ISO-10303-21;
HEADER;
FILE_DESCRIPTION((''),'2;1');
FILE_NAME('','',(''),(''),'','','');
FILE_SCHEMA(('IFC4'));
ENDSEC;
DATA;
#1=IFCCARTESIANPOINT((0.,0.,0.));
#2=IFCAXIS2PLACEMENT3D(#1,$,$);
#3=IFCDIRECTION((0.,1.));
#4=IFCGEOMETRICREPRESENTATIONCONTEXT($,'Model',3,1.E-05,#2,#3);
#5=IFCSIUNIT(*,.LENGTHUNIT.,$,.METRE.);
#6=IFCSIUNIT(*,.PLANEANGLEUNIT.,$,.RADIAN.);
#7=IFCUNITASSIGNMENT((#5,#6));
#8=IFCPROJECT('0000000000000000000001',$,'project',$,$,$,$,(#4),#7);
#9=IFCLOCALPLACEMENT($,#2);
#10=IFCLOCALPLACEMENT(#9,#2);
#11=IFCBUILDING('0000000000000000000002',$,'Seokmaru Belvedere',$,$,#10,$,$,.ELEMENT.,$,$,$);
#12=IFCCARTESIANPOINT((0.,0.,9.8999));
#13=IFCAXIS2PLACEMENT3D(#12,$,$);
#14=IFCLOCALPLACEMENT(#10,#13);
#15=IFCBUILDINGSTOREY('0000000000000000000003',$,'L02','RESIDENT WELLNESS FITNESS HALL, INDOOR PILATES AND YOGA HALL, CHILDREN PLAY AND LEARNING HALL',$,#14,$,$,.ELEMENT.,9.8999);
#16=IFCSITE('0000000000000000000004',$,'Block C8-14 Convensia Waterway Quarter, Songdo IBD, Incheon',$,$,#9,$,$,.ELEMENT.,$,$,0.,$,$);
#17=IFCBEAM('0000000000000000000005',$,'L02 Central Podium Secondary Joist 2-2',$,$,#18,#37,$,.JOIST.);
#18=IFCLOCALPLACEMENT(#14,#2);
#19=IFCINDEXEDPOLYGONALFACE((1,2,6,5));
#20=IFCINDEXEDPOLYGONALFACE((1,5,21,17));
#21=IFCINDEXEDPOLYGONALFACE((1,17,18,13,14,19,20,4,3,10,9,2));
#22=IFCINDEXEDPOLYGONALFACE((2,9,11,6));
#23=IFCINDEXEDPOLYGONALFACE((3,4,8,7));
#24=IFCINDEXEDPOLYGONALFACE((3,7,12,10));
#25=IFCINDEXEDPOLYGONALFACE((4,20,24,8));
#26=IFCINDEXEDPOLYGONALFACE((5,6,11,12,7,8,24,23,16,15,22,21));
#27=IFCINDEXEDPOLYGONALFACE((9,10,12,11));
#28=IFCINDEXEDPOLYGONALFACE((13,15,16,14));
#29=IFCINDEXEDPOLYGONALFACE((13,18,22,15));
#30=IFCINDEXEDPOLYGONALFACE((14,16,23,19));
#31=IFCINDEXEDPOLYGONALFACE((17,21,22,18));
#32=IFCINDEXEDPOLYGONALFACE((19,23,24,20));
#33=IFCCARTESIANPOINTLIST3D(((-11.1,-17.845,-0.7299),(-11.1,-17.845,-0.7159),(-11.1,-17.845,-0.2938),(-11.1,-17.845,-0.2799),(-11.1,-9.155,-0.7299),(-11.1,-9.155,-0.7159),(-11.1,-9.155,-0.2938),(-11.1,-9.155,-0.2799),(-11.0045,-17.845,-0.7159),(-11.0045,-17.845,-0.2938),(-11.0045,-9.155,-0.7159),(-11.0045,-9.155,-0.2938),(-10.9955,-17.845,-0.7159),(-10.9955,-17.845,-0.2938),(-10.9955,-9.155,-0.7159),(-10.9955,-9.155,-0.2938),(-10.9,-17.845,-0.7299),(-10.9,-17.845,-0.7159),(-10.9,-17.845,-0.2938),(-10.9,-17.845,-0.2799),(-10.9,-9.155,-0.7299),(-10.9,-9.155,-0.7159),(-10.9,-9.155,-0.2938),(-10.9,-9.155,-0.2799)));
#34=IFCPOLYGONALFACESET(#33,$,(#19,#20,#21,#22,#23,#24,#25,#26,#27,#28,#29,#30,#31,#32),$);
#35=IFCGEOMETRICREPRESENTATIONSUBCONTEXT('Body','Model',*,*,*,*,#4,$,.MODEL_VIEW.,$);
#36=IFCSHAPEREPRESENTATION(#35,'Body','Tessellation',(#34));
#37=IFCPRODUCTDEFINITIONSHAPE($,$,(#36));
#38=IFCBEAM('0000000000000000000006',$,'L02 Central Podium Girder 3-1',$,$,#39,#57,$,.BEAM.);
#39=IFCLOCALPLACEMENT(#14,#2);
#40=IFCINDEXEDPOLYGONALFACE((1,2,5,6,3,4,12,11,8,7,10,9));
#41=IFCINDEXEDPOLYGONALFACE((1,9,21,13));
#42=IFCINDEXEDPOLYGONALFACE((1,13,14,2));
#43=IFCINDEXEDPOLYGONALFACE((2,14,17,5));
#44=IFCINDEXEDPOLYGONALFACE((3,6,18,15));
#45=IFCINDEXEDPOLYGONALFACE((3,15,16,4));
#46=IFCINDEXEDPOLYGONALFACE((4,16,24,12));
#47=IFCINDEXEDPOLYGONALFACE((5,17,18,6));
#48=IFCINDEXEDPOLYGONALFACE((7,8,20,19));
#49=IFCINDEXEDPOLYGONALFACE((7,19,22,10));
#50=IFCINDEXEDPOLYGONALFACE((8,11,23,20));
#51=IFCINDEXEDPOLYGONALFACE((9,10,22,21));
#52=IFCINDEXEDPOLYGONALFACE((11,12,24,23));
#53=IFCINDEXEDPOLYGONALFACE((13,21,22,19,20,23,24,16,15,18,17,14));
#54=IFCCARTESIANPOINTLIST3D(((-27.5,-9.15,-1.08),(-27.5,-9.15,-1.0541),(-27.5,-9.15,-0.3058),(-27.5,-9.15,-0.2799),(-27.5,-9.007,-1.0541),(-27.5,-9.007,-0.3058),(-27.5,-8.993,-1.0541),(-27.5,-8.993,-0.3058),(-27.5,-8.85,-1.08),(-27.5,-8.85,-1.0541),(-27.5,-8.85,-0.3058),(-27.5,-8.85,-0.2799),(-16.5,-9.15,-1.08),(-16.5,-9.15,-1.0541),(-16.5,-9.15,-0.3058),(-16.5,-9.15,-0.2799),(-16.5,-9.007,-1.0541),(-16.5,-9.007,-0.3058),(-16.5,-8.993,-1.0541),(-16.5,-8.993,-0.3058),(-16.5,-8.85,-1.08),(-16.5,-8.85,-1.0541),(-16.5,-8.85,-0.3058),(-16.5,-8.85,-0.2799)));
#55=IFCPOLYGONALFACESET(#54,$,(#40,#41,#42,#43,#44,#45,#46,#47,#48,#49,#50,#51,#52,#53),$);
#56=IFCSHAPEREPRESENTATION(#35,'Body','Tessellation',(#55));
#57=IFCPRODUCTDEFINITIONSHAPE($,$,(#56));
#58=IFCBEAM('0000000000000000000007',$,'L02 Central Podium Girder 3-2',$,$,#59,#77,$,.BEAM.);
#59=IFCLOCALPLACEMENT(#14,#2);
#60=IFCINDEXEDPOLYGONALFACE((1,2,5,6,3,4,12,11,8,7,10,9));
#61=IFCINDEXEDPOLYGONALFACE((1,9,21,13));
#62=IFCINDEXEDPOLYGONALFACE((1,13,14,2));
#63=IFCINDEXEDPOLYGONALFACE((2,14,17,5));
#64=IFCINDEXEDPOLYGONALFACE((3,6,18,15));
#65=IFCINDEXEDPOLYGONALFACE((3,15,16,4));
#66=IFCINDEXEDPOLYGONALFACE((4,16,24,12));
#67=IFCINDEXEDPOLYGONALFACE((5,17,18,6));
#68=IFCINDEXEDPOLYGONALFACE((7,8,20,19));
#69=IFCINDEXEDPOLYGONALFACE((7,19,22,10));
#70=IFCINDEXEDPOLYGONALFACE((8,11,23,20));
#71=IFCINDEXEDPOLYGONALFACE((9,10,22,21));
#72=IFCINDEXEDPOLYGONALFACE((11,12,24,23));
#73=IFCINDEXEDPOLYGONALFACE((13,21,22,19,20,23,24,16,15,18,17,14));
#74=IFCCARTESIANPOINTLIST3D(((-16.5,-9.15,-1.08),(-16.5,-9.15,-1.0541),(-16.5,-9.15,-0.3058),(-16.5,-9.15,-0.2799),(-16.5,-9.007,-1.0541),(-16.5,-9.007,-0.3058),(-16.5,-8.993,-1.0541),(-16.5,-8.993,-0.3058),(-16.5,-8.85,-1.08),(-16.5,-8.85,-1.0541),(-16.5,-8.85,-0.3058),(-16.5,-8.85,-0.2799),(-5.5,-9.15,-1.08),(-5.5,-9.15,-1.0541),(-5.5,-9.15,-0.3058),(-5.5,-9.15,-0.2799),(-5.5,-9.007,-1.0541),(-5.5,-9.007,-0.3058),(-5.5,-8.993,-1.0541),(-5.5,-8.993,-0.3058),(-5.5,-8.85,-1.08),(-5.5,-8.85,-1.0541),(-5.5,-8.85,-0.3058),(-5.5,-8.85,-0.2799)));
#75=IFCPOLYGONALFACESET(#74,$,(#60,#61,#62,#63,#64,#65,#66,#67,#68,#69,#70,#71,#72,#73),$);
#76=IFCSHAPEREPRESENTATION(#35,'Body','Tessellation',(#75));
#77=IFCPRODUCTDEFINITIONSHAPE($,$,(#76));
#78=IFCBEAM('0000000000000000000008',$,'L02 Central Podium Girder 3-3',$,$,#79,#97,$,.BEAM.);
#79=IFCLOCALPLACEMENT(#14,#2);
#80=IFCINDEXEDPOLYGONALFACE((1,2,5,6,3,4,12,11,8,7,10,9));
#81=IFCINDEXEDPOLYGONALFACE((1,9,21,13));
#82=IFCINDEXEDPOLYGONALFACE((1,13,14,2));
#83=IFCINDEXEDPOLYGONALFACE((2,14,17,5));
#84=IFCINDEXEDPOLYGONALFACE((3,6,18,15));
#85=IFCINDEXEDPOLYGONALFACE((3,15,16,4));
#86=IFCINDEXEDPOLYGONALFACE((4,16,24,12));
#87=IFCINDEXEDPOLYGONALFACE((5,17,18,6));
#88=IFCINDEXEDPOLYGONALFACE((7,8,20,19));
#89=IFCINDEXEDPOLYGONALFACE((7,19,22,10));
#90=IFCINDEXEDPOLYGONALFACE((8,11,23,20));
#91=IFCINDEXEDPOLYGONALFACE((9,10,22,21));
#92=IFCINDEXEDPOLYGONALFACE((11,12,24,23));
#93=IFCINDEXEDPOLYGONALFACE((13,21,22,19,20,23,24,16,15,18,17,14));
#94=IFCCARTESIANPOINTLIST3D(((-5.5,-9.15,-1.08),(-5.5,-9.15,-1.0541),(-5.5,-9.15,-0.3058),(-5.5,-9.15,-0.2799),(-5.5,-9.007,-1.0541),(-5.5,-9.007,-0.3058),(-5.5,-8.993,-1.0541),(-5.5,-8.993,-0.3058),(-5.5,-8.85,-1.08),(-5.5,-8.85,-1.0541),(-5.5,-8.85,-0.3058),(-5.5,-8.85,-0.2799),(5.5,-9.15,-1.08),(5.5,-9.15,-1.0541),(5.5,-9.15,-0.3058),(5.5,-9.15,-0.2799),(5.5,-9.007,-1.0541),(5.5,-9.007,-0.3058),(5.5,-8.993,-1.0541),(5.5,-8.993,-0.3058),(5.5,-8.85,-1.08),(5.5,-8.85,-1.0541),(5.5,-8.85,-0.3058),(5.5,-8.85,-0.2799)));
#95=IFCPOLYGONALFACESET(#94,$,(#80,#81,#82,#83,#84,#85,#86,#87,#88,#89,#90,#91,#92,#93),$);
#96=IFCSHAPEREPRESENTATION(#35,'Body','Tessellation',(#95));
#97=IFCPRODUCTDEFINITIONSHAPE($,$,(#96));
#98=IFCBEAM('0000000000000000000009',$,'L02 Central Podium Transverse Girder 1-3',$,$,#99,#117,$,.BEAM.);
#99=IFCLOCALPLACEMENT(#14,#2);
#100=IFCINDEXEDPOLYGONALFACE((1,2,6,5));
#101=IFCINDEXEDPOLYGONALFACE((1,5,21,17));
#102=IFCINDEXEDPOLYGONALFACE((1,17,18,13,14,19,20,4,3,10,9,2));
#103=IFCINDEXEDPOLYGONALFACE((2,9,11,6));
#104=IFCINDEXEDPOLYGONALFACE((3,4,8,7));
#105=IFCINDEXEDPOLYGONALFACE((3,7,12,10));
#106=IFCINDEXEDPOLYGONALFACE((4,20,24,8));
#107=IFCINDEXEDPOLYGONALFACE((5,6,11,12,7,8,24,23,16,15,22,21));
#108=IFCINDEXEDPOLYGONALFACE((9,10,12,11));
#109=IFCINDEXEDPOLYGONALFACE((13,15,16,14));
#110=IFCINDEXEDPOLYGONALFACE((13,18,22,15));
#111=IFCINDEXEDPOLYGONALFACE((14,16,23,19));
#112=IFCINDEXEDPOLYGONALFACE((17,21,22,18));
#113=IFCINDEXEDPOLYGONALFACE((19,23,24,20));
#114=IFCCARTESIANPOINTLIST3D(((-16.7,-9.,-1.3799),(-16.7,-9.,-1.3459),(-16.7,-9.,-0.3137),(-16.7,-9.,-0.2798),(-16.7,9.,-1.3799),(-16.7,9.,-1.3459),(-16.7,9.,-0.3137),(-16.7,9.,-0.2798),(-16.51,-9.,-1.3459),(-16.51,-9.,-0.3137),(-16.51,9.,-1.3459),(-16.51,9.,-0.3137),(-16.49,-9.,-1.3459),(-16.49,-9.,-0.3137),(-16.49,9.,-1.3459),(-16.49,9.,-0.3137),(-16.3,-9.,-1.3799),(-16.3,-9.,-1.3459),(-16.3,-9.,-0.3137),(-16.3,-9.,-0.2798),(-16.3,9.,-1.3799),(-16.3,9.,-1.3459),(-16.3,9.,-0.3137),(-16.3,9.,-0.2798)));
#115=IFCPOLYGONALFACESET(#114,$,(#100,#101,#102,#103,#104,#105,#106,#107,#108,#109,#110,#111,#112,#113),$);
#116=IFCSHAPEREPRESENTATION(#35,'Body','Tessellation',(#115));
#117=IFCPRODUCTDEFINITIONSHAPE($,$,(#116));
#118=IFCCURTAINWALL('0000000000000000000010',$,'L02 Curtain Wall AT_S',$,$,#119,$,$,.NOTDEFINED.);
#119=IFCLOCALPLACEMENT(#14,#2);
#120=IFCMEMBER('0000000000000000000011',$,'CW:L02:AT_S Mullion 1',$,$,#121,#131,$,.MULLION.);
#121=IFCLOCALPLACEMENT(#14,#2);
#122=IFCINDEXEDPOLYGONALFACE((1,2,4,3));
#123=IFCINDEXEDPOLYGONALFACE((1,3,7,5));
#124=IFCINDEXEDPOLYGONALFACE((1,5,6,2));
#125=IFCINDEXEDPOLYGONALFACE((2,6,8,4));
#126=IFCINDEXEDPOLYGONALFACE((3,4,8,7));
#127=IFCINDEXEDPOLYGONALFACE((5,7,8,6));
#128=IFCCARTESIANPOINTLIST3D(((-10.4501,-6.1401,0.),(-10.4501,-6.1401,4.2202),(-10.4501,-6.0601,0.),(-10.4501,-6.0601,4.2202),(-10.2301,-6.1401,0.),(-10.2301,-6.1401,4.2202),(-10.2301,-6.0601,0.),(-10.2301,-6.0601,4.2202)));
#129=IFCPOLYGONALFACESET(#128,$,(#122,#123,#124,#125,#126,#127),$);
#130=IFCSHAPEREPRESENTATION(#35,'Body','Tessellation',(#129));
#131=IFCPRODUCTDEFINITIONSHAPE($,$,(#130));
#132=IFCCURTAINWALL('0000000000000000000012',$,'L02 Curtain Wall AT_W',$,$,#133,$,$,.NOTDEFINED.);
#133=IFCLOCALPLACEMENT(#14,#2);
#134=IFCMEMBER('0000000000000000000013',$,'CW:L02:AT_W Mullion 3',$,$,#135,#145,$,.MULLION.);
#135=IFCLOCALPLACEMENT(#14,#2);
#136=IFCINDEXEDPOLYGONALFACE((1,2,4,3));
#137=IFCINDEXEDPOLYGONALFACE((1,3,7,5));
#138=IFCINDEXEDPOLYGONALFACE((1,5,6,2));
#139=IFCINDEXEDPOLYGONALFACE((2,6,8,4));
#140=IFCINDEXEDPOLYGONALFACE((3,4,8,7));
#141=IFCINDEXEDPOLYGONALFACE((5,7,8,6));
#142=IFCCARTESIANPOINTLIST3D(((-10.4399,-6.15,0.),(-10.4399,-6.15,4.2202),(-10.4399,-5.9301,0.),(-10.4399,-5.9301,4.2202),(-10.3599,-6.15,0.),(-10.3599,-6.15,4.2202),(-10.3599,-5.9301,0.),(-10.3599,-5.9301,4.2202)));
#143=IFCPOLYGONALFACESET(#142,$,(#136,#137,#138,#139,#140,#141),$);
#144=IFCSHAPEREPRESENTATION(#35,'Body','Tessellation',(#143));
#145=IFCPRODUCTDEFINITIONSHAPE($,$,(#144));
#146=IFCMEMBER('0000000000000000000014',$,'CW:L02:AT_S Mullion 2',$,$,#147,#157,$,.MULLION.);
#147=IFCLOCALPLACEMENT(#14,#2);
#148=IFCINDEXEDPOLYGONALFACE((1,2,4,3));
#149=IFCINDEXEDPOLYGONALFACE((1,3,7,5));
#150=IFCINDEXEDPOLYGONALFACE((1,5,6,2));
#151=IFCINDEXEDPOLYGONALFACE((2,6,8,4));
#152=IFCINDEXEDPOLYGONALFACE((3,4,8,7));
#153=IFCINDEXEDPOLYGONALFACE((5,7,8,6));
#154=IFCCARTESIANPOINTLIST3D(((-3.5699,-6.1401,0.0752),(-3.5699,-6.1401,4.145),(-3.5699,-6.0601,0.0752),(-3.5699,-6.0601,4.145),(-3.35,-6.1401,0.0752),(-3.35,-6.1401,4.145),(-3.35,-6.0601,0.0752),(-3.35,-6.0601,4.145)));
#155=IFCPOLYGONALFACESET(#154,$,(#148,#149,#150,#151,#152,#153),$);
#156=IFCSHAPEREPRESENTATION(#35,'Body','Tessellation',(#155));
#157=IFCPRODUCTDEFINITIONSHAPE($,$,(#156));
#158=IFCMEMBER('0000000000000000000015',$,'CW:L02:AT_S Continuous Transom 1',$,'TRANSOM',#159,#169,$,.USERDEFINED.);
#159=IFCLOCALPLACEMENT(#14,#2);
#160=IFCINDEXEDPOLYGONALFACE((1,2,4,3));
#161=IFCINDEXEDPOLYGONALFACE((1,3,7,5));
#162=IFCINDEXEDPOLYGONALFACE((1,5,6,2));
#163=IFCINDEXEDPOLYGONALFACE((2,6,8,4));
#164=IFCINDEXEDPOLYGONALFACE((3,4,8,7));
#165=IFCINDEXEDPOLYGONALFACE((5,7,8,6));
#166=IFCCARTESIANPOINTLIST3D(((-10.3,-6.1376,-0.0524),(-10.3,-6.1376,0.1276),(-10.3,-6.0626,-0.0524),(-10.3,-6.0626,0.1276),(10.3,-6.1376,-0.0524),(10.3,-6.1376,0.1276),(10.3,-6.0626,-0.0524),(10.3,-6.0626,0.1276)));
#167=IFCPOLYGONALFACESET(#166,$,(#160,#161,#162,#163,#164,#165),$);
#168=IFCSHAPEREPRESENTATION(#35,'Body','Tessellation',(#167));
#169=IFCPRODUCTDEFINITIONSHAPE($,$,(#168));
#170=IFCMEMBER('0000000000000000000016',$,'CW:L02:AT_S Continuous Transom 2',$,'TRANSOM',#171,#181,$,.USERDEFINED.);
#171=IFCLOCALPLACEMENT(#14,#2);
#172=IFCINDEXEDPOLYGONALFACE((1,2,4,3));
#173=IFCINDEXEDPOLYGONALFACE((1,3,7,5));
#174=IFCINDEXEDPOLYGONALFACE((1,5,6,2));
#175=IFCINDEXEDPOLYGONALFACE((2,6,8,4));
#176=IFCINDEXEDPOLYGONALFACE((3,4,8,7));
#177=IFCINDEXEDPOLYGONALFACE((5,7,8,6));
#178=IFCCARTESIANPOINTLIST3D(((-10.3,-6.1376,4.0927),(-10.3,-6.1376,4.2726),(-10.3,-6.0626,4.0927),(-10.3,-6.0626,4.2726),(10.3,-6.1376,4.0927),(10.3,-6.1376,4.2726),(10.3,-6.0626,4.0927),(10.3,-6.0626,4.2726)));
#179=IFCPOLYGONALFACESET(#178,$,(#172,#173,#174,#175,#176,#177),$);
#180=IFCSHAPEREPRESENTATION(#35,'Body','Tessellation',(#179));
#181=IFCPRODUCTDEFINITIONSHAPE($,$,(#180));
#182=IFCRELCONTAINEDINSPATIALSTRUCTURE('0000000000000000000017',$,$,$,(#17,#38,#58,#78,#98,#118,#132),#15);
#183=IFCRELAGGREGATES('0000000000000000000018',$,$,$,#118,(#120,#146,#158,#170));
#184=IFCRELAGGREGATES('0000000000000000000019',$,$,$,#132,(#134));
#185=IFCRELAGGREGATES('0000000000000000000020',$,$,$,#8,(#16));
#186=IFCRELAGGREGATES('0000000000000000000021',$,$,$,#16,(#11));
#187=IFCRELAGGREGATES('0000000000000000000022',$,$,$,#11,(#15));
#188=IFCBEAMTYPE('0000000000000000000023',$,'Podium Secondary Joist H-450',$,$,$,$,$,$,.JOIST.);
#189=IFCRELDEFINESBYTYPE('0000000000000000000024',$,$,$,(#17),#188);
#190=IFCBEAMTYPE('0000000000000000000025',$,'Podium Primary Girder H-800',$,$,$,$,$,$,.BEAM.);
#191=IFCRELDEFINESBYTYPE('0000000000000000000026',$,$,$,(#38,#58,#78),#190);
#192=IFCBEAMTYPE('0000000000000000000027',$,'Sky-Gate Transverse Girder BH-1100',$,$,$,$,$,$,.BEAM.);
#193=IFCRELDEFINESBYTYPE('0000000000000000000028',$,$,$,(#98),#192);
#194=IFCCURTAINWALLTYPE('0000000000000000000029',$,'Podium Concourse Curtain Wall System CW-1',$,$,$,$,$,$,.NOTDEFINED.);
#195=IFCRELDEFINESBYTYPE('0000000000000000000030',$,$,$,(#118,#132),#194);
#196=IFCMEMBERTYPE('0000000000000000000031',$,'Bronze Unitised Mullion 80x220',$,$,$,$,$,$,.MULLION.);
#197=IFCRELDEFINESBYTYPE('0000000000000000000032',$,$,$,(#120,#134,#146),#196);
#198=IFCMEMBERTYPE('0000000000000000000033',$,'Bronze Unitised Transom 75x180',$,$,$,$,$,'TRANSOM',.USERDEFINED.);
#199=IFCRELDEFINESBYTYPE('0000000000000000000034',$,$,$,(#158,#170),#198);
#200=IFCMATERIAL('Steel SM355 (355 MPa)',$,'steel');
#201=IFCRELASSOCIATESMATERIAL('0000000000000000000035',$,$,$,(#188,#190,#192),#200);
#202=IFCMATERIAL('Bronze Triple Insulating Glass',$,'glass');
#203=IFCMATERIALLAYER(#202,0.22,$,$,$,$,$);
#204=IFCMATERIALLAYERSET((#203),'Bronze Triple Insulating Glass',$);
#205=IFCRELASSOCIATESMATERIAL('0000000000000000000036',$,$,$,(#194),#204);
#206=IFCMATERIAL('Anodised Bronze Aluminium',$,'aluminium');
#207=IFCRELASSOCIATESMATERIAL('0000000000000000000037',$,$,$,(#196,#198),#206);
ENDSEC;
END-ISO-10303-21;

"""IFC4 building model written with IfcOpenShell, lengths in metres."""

from ifc_helpers import new_model, si_unit, direction, frame, origin, origin_2d, place, context, subcontext, project, spatial, rectangle, i_section, extrude, source, transform, mapped, material, layer, layer_set, material_profile, profile_set, type_object, type_shapes, element, aggregate, save


model = new_model("IFC4")

# Units and contexts
model_context = context("Model", 3, precision=1e-05, world=origin(), true_north=direction((0.0, 1.0)))
body_context = subcontext(model_context, "Body", "Model", "MODEL_VIEW")
ifc_project = project(units=[si_unit("LENGTHUNIT", "METRE"), si_unit("PLANEANGLEUNIT", "RADIAN")], contexts=[model_context])

# Site, building, storey
site_placement = place(None, origin())
site = spatial("IfcSite", under=ifc_project, at=site_placement, Name="Block C8-14 Convensia Waterway Quarter, Songdo IBD, Incheon", CompositionType="ELEMENT", RefElevation=0.0)
building_placement = place(site_placement, origin())
building = spatial("IfcBuilding", under=site, at=building_placement, Name="Seokmaru Belvedere", CompositionType="ELEMENT")
storey_placement = place(building_placement, frame((0.0, 0.0, 9.8999)))
storey = spatial("IfcBuildingStorey", under=building, at=storey_placement, Name="L02", Description="RESIDENT WELLNESS FITNESS HALL, INDOOR PILATES AND YOGA HALL, CHILDREN PLAY AND LEARNING HALL", CompositionType="ELEMENT", Elevation=9.8999)

# Shared definitions
ifc_material_1 = material(Name="Steel SM355 (355 MPa)", Category="steel")

# Beams
ifc_material_profile_1 = material_profile(ifc_material_1, i_section(OverallWidth=0.2, OverallDepth=0.45, WebThickness=0.009, FlangeThickness=0.0139, at=origin_2d()), Name="H-450x200x9x14")
ifc_profile_set_1 = profile_set([ifc_material_profile_1], Name="Steel SM355 (355 MPa)")
beam_type_1 = type_object("IfcBeamType", Name="Podium Secondary Joist H-450", PredefinedType="JOIST", material=ifc_profile_set_1)
shared_shape_1 = source(origin(), body_context, "Body", "SweptSolid", [
    extrude(i_section(OverallWidth=0.2, OverallDepth=0.45, WebThickness=0.009, FlangeThickness=0.0139, at=origin_2d()), origin(), (0.0, 0.0, 1.0), 8.6899),
])
type_shapes(beam_type_1, [shared_shape_1])
for number, where, z_axis, x_axis, name in (
    (1, (-11.0, -17.845, -0.5049), (0.0, 1.0, 0.0), (-1.0, 0.0, 0.0), "L02 Central Podium Secondary Joist 2-2"),
):
    element("IfcBeam", number, at=place(storey_placement, frame(where, z_axis=z_axis, x_axis=x_axis)), inside=storey, type_object=beam_type_1, Name=name, PredefinedType="JOIST", context=body_context, shape_type="MappedRepresentation", body=[
        mapped(shared_shape_1, transform((0.0, 0.0, 0.0), scale=1.0)),
    ])
ifc_material_profile_2 = material_profile(ifc_material_1, i_section(OverallWidth=0.3, OverallDepth=0.8, WebThickness=0.0139, FlangeThickness=0.0259, at=origin_2d()), Name="H-800x300x14x26")
ifc_profile_set_2 = profile_set([ifc_material_profile_2], Name="Steel SM355 (355 MPa)")
beam_type_2 = type_object("IfcBeamType", Name="Podium Primary Girder H-800", PredefinedType="BEAM", material=ifc_profile_set_2)
shared_shape_2 = source(origin(), body_context, "Body", "SweptSolid", [
    extrude(i_section(OverallWidth=0.3, OverallDepth=0.8, WebThickness=0.0139, FlangeThickness=0.0259, at=origin_2d()), origin(), (0.0, 0.0, 1.0), 11.0),
])
type_shapes(beam_type_2, [shared_shape_2])
for number, where, z_axis, x_axis, name in (
    (2, (-27.5, -9.0, -0.6799), (1.0, 0.0, 0.0), (0.0, 1.0, 0.0), "L02 Central Podium Girder 3-1"),
    (3, (-16.5, -9.0, -0.6799), (1.0, 0.0, 0.0), (0.0, 1.0, 0.0), "L02 Central Podium Girder 3-2"),
    (4, (-5.5, -9.0, -0.6799), (1.0, 0.0, 0.0), (0.0, 1.0, 0.0), "L02 Central Podium Girder 3-3"),
):
    element("IfcBeam", number, at=place(storey_placement, frame(where, z_axis=z_axis, x_axis=x_axis)), inside=storey, type_object=beam_type_2, Name=name, PredefinedType="BEAM", context=body_context, shape_type="MappedRepresentation", body=[
        mapped(shared_shape_2, transform((0.0, 0.0, 0.0), scale=1.0)),
    ])
ifc_material_profile_3 = material_profile(ifc_material_1, i_section(OverallWidth=0.3999, OverallDepth=1.1001, WebThickness=0.02, FlangeThickness=0.0339, at=origin_2d()), Name="BH-1100x400x20x34")
ifc_profile_set_3 = profile_set([ifc_material_profile_3], Name="Steel SM355 (355 MPa)")
beam_type_3 = type_object("IfcBeamType", Name="Sky-Gate Transverse Girder BH-1100", PredefinedType="BEAM", material=ifc_profile_set_3)
shared_shape_3 = source(origin(), body_context, "Body", "SweptSolid", [
    extrude(i_section(OverallWidth=0.3999, OverallDepth=1.1001, WebThickness=0.02, FlangeThickness=0.0339, at=origin_2d()), origin(), (0.0, 0.0, 1.0), 18.0),
])
type_shapes(beam_type_3, [shared_shape_3])
beam_1_placement = place(storey_placement, frame((-16.5, -9.0, -0.8298), z_axis=(0.0, 1.0, 0.0), x_axis=(-1.0, 0.0, 0.0)))
element("IfcBeam", 5, at=beam_1_placement, inside=storey, type_object=beam_type_3, Name="L02 Central Podium Transverse Girder 1-3", PredefinedType="BEAM", context=body_context, shape_type="MappedRepresentation", body=[
    mapped(shared_shape_3, transform((0.0, 0.0, 0.0), scale=1.0)),
])

# Curtain walls, members
ifc_material_2 = material(Name="Bronze Triple Insulating Glass", Category="glass")
ifc_layer_1 = layer(ifc_material_2, 0.22)
ifc_layer_set_1 = layer_set([ifc_layer_1], Name="Bronze Triple Insulating Glass")
curtain_wall_type = type_object("IfcCurtainWallType", Name="Podium Concourse Curtain Wall System CW-1", PredefinedType="NOTDEFINED", material=ifc_layer_set_1)
curtain_wall_1_placement = place(storey_placement, origin())
curtain_wall_1 = element("IfcCurtainWall", 6, at=curtain_wall_1_placement, inside=storey, type_object=curtain_wall_type, Name="L02 Curtain Wall AT_S", PredefinedType="NOTDEFINED")
ifc_material_3 = material(Name="Anodised Bronze Aluminium", Category="aluminium")
ifc_material_profile_4 = material_profile(ifc_material_3, rectangle(XDim=0.0801, YDim=0.22, at=origin_2d()), Name="CW-M-80x220")
ifc_profile_set_4 = profile_set([ifc_material_profile_4], Name="Anodised Bronze Aluminium")
member_type_1 = type_object("IfcMemberType", Name="Bronze Unitised Mullion 80x220", PredefinedType="MULLION", material=ifc_profile_set_4)
shared_shape_4 = source(origin(), body_context, "Body", "SweptSolid", [
    extrude(rectangle(XDim=0.0801, YDim=0.22, at=origin_2d()), origin(), (0.0, 0.0, 1.0), 4.2202),
])
member_1_placement = place(storey_placement, frame((-10.3401, -6.1001, 0.0), z_axis=(0.0, 0.0, 1.0), x_axis=(0.0, 1.0, 0.0)))
member_1 = element("IfcMember", 7, at=member_1_placement, type_object=member_type_1, Name="CW:L02:AT_S Mullion 1", PredefinedType="MULLION", context=body_context, shape_type="MappedRepresentation", body=[
    mapped(shared_shape_4, transform((0.0, 0.0, 0.0), scale=1.0)),
])
curtain_wall_2_placement = place(storey_placement, origin())
curtain_wall_2 = element("IfcCurtainWall", 8, at=curtain_wall_2_placement, inside=storey, type_object=curtain_wall_type, Name="L02 Curtain Wall AT_W", PredefinedType="NOTDEFINED")
member_2_placement = place(storey_placement, frame((-10.3999, -6.04, 0.0), z_axis=(0.0, 0.0, 1.0), x_axis=(1.0, 0.0, 0.0)))
member_2 = element("IfcMember", 9, at=member_2_placement, type_object=member_type_1, Name="CW:L02:AT_W Mullion 3", PredefinedType="MULLION", context=body_context, shape_type="MappedRepresentation", body=[
    mapped(shared_shape_4, transform((0.0, 0.0, 0.0), scale=1.0)),
])

# Members
shared_shape_5 = source(origin(), body_context, "Body", "SweptSolid", [
    extrude(rectangle(XDim=0.0801, YDim=0.22, at=origin_2d()), origin(), (0.0, 0.0, 1.0), 4.0698),
])
type_shapes(member_type_1, [shared_shape_4, shared_shape_5])
member_3_placement = place(storey_placement, frame((-3.46, -6.1001, 0.0752), z_axis=(0.0, 0.0, 1.0), x_axis=(0.0, 1.0, 0.0)))
member_3 = element("IfcMember", 10, at=member_3_placement, type_object=member_type_1, Name="CW:L02:AT_S Mullion 2", PredefinedType="MULLION", context=body_context, shape_type="MappedRepresentation", body=[
    mapped(shared_shape_5, transform((0.0, 0.0, 0.0), scale=1.0)),
])
ifc_material_profile_5 = material_profile(ifc_material_3, rectangle(XDim=0.075, YDim=0.1799, at=origin_2d()), Name="CW-T-75x180")
ifc_profile_set_5 = profile_set([ifc_material_profile_5], Name="Anodised Bronze Aluminium")
member_type_2 = type_object("IfcMemberType", Name="Bronze Unitised Transom 75x180", ElementType="TRANSOM", PredefinedType="USERDEFINED", material=ifc_profile_set_5)
shared_shape_6 = source(origin(), body_context, "Body", "SweptSolid", [
    extrude(rectangle(XDim=0.075, YDim=0.1799, at=origin_2d()), origin(), (0.0, 0.0, 1.0), 20.6001),
])
type_shapes(member_type_2, [shared_shape_6])
member_4_placement = place(storey_placement, frame((-10.3, -6.1001, 0.0376), z_axis=(1.0, 0.0, 0.0), x_axis=(0.0, 1.0, 0.0)))
member_4 = element("IfcMember", 11, at=member_4_placement, type_object=member_type_2, Name="CW:L02:AT_S Continuous Transom 1", ObjectType="TRANSOM", PredefinedType="USERDEFINED", context=body_context, shape_type="MappedRepresentation", body=[
    mapped(shared_shape_6, transform((0.0, 0.0, 0.0), scale=1.0)),
])
member_5_placement = place(storey_placement, frame((-10.3, -6.1001, 4.1826), z_axis=(1.0, 0.0, 0.0), x_axis=(0.0, 1.0, 0.0)))
member_5 = element("IfcMember", 12, at=member_5_placement, type_object=member_type_2, Name="CW:L02:AT_S Continuous Transom 2", ObjectType="TRANSOM", PredefinedType="USERDEFINED", context=body_context, shape_type="MappedRepresentation", body=[
    mapped(shared_shape_6, transform((0.0, 0.0, 0.0), scale=1.0)),
])

aggregate(curtain_wall_1, [member_1, member_3, member_4, member_5])
aggregate(curtain_wall_2, [member_2])

save(model, "model.ifc")
